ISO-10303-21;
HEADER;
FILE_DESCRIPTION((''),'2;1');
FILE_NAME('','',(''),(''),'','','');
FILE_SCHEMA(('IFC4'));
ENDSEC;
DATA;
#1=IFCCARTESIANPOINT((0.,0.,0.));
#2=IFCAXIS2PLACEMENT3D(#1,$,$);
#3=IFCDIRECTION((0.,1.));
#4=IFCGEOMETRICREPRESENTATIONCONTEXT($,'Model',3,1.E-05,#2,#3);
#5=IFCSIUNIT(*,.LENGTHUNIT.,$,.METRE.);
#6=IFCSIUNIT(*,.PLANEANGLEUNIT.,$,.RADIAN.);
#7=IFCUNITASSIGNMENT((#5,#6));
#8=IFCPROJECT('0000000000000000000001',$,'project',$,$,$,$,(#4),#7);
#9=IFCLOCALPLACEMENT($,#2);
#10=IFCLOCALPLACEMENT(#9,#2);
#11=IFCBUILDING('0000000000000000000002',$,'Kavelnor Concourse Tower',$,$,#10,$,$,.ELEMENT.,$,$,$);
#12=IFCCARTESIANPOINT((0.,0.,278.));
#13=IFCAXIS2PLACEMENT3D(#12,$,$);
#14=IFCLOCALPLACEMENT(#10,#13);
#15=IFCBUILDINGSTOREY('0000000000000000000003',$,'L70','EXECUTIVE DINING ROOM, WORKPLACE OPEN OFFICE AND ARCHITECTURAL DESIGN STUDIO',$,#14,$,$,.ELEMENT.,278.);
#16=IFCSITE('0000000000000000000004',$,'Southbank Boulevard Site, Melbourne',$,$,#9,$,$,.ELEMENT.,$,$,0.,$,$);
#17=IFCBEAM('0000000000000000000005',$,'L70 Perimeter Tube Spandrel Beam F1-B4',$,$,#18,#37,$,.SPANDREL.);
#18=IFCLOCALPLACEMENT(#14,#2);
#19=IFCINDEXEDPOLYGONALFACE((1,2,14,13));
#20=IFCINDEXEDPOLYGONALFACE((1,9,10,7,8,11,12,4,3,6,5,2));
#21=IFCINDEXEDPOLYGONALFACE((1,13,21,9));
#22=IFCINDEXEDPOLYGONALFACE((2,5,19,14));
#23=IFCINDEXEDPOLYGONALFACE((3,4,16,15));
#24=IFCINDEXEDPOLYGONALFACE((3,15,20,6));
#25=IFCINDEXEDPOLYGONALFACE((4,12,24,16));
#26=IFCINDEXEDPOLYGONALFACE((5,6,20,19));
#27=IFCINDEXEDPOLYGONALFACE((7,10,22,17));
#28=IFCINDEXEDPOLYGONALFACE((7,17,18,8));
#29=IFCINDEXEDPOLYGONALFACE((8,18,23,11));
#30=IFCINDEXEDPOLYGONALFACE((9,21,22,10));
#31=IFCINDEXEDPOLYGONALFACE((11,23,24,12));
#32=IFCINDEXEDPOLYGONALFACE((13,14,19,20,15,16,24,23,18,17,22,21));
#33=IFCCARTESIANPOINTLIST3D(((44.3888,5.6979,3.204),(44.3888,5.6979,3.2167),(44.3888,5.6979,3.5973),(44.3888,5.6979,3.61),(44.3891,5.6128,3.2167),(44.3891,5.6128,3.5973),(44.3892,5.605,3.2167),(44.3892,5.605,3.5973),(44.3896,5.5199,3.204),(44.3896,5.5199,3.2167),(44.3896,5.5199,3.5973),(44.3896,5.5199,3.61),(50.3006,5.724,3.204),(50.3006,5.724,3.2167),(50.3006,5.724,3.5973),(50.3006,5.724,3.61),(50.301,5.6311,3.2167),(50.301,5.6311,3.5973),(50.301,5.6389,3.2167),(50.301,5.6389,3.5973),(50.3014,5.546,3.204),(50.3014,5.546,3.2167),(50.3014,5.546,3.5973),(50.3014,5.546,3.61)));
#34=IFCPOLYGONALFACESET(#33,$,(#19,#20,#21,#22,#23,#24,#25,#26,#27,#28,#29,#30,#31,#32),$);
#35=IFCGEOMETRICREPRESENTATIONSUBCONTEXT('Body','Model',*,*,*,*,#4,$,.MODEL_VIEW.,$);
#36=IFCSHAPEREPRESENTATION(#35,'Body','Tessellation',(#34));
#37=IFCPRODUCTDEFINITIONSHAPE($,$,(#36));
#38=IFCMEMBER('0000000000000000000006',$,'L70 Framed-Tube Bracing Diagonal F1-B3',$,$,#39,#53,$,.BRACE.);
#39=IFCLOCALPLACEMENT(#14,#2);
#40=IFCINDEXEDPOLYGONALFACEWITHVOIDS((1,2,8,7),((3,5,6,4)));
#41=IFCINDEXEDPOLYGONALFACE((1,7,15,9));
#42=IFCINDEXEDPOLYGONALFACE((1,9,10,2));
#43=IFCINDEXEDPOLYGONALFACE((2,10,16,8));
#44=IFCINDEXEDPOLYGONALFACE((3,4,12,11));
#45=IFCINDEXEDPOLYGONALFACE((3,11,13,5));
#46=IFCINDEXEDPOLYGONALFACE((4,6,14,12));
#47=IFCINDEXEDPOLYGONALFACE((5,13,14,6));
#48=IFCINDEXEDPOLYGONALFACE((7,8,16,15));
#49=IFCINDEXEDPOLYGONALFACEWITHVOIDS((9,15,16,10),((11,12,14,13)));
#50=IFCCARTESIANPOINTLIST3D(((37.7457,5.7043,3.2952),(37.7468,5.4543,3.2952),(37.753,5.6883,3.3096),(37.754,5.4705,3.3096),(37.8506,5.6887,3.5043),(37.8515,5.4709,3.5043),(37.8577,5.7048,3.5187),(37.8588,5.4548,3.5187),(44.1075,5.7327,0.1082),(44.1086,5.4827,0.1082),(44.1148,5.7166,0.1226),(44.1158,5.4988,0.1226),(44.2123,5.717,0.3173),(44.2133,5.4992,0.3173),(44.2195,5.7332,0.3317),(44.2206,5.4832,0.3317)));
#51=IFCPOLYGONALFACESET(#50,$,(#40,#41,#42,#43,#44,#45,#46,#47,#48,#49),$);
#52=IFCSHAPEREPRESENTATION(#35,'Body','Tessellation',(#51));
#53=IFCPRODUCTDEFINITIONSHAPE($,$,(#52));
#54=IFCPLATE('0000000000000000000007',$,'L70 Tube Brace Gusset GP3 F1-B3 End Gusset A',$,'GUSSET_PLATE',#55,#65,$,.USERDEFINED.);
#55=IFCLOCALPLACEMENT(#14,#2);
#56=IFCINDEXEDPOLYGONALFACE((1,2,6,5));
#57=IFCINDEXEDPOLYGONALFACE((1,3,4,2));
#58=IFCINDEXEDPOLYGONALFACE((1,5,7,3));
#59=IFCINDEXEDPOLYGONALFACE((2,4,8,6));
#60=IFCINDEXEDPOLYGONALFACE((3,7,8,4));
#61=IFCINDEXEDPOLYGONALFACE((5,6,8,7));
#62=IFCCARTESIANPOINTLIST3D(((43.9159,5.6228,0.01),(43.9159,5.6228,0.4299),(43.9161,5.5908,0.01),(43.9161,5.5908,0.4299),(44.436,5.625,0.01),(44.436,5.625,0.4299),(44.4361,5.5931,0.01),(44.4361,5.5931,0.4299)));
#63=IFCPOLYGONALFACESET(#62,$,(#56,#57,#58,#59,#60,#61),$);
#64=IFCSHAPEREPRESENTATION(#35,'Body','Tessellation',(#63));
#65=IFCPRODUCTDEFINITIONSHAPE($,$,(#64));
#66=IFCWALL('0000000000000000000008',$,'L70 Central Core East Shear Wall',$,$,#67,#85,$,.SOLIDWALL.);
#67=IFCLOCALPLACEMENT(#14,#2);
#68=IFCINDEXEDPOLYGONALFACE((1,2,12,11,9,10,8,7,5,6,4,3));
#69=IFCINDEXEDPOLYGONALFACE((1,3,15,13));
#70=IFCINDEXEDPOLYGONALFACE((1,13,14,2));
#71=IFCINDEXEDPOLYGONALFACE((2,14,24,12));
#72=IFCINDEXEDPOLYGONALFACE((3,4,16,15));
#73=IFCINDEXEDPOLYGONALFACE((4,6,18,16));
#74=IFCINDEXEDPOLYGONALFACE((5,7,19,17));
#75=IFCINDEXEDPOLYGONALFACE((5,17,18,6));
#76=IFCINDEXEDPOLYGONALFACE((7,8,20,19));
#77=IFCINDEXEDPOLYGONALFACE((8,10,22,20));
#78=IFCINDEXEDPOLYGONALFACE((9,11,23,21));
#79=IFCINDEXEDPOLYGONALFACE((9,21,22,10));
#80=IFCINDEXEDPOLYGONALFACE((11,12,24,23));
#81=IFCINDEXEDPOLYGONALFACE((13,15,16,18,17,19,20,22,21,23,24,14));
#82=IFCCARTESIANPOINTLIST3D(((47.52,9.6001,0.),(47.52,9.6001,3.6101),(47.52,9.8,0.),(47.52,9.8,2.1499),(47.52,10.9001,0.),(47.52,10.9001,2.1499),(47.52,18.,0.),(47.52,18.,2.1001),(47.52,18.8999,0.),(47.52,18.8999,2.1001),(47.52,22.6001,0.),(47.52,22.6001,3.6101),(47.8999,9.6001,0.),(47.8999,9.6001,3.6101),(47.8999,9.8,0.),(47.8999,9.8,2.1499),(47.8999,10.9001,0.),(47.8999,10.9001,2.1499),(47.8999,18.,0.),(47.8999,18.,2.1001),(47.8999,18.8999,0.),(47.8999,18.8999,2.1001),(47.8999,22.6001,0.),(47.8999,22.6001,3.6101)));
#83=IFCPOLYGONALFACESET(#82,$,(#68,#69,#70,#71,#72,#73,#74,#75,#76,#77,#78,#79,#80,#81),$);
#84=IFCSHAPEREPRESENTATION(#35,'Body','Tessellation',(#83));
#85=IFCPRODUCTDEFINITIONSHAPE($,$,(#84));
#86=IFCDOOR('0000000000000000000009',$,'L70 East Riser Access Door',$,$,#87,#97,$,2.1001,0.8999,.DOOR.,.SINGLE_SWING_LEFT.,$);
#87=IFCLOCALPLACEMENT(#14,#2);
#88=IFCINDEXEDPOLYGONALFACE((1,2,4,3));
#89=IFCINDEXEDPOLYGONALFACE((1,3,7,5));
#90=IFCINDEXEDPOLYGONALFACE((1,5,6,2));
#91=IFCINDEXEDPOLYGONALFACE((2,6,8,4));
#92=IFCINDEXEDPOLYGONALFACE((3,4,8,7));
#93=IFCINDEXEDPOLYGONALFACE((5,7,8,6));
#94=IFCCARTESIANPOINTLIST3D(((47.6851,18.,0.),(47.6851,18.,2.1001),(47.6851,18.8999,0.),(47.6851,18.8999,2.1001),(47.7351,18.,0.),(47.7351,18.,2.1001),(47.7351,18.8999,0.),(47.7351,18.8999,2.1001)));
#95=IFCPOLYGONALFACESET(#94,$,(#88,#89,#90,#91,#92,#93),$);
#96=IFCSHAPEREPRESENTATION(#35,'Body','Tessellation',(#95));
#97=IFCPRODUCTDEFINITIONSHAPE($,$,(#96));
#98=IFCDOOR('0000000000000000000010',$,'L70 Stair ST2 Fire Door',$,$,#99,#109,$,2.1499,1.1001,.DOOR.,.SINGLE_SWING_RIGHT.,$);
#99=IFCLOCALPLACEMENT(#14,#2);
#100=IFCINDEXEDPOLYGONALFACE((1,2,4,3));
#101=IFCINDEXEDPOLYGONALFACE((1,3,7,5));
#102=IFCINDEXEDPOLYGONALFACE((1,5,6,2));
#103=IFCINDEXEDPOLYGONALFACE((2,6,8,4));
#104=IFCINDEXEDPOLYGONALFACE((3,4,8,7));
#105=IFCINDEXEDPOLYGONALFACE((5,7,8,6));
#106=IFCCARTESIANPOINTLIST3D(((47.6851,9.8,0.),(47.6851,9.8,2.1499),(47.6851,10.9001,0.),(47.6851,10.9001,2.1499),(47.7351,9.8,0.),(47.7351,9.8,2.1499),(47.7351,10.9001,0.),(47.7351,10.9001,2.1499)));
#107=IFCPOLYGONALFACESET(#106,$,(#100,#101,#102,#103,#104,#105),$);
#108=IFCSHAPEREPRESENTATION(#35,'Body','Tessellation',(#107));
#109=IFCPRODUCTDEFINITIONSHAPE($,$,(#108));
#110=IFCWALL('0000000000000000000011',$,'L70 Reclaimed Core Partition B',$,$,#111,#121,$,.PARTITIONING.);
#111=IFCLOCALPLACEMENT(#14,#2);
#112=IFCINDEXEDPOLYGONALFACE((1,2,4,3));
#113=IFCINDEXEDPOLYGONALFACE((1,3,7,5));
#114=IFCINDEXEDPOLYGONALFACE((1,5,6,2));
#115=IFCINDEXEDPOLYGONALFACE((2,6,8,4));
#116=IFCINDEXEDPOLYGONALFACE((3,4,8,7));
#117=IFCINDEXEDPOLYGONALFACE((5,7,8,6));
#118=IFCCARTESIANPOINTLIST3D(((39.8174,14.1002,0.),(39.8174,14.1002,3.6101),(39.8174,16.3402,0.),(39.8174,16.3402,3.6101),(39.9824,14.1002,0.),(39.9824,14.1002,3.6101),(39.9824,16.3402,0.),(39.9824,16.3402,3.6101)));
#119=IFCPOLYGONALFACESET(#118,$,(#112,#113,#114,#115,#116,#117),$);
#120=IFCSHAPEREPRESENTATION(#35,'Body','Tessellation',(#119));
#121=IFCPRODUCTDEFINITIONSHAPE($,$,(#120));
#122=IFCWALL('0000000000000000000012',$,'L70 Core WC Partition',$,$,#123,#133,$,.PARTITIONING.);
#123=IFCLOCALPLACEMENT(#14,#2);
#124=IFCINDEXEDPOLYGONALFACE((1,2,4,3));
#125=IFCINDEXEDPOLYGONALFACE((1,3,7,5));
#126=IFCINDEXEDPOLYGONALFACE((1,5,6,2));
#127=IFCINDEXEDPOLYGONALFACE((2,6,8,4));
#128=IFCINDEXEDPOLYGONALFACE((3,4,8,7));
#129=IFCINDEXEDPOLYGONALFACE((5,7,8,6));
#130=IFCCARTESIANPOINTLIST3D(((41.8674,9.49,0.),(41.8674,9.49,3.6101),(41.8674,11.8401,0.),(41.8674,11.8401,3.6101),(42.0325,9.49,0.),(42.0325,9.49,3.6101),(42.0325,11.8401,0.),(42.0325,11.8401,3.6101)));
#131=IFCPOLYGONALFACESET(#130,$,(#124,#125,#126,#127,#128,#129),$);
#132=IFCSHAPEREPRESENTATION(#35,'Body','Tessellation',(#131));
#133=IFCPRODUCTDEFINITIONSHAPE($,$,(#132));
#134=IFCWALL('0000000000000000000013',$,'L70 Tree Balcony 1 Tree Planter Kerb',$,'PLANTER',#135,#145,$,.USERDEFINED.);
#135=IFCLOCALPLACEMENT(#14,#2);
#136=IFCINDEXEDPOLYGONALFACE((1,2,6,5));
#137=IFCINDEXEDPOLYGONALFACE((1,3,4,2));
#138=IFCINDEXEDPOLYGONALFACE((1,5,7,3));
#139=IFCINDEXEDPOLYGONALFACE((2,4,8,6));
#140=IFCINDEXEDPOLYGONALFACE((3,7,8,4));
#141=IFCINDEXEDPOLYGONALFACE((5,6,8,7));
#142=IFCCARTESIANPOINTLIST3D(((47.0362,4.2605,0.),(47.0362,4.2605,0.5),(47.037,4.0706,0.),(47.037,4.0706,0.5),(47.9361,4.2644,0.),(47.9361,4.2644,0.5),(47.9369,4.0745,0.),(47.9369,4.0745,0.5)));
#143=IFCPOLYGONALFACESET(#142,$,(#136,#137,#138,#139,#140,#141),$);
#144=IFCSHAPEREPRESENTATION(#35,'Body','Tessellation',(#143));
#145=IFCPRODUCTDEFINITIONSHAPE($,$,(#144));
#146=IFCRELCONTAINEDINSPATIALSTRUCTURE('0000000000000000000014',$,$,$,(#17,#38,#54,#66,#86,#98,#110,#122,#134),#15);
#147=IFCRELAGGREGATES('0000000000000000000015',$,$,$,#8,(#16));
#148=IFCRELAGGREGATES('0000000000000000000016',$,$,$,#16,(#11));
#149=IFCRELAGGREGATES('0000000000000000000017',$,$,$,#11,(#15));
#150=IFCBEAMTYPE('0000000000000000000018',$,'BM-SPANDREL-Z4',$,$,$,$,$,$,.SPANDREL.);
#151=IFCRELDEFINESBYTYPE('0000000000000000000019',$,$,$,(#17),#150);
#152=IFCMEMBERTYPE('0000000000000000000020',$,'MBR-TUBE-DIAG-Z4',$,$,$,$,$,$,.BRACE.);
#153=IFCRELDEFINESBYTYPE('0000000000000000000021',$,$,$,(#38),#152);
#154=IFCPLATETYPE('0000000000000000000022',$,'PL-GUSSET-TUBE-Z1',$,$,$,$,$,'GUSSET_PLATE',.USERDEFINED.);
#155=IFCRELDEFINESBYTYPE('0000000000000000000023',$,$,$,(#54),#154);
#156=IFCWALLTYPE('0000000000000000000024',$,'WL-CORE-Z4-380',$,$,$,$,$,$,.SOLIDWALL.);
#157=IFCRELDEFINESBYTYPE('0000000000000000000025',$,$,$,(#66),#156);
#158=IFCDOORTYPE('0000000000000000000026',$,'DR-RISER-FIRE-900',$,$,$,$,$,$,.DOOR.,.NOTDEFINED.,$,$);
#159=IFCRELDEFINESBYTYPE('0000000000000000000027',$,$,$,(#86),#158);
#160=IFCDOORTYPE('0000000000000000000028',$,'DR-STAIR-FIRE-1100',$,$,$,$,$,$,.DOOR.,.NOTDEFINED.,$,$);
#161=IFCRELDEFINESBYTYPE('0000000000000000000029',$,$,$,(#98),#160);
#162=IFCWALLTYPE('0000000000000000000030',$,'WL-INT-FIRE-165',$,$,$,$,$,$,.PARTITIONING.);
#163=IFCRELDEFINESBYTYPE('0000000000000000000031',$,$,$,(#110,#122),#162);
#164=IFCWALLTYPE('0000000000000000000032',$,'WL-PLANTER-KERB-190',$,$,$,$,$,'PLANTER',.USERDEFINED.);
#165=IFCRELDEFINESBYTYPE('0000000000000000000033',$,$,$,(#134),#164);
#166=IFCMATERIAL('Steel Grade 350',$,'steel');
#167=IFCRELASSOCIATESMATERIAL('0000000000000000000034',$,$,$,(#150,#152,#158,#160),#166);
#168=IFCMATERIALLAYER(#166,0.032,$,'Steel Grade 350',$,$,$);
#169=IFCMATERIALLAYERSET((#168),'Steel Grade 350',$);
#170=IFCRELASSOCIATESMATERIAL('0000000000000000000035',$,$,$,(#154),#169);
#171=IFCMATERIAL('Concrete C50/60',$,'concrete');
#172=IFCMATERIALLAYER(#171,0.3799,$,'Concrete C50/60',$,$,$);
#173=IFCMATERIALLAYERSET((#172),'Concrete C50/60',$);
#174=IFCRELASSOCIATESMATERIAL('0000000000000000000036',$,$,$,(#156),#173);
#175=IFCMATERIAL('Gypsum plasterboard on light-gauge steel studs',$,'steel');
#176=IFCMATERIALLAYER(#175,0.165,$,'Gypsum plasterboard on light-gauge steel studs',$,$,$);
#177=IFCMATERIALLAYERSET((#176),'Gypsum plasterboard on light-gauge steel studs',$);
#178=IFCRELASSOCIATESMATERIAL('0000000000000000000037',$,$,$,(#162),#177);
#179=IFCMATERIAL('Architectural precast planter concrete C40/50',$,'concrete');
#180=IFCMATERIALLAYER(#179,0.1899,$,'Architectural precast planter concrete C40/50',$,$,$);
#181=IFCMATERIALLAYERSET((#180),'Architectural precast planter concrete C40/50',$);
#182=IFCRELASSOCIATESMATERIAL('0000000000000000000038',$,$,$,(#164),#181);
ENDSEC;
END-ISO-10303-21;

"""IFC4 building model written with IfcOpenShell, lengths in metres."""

from ifc_helpers import new_model, si_unit, direction, frame, frame_2d, origin, origin_2d, place, context, subcontext, project, spatial, rectangle, hollow_rectangle, i_section, extrude, material, layer, layer_set, material_profile, profile_set, type_object, element, fill, save


model = new_model("IFC4")

# Units and contexts
model_context = context("Model", 3, precision=1e-05, world=origin(), true_north=direction((0.0, 1.0)))
body_context = subcontext(model_context, "Body", "Model", "MODEL_VIEW")
ifc_project = project(units=[si_unit("LENGTHUNIT", "METRE"), si_unit("PLANEANGLEUNIT", "RADIAN")], contexts=[model_context])

# Site, building, storey
site_placement = place(None, origin())
site = spatial("IfcSite", under=ifc_project, at=site_placement, Name="Southbank Boulevard Site, Melbourne", CompositionType="ELEMENT", RefElevation=0.0)
building_placement = place(site_placement, origin())
building = spatial("IfcBuilding", under=site, at=building_placement, Name="Kavelnor Concourse Tower", CompositionType="ELEMENT")
storey_placement = place(building_placement, frame((0.0, 0.0, 278.0)))
storey = spatial("IfcBuildingStorey", under=building, at=storey_placement, Name="L70", Description="EXECUTIVE DINING ROOM, WORKPLACE OPEN OFFICE AND ARCHITECTURAL DESIGN STUDIO", CompositionType="ELEMENT", Elevation=278.0)

# Shared definitions
ifc_material_1 = material(Name="Steel Grade 350", Category="steel")

# Beam
ifc_material_profile_1 = material_profile(ifc_material_1, i_section(OverallWidth=0.178, OverallDepth=0.406, WebThickness=0.0078, FlangeThickness=0.0127, at=origin_2d()), Name="410UB59")
ifc_profile_set_1 = profile_set([ifc_material_profile_1], Name="Steel Grade 350")
beam_type_1 = type_object("IfcBeamType", Name="BM-SPANDREL-Z4", PredefinedType="SPANDREL", material=ifc_profile_set_1)
beam_1_placement = place(storey_placement, frame((44.3892, 5.6089, 3.407), z_axis=(0.99999, 0.004419, 0.0), x_axis=(-0.004419, 0.99999, 0.0)))
element("IfcBeam", 1, at=beam_1_placement, inside=storey, type_object=beam_type_1, Name="L70 Perimeter Tube Spandrel Beam F1-B4", PredefinedType="SPANDREL", context=body_context, shape_type="SweptSolid", body=[
    extrude(i_section(OverallWidth=0.178, OverallDepth=0.406, WebThickness=0.0078, FlangeThickness=0.0127, at=origin_2d()), origin(), (0.0, 0.0, 1.0), 5.9119),
])

# Member
ifc_material_profile_2 = material_profile(ifc_material_1, hollow_rectangle(XDim=0.25, YDim=0.25, WallThickness=0.0161, at=origin_2d()), Name="SHS 250x250x16")
ifc_profile_set_2 = profile_set([ifc_material_profile_2], Name="Steel Grade 350")
member_type = type_object("IfcMemberType", Name="MBR-TUBE-DIAG-Z4", PredefinedType="BRACE", material=ifc_profile_set_2)
member_placement = place(storey_placement, frame((44.1641, 5.6079, 0.22), z_axis=(-0.894077, -0.00398, 0.447896), x_axis=(0.004452, -0.99999, 0.0)))
element("IfcMember", 2, at=member_placement, inside=storey, type_object=member_type, Name="L70 Framed-Tube Bracing Diagonal F1-B3", PredefinedType="BRACE", context=body_context, shape_type="SweptSolid", body=[
    extrude(hollow_rectangle(XDim=0.25, YDim=0.25, WallThickness=0.0161, at=origin_2d()), origin(), (0.0, 0.0, 1.0), 7.1155),
])

# Plate
ifc_layer_1 = layer(ifc_material_1, 0.032, Name="Steel Grade 350")
ifc_layer_set_1 = layer_set([ifc_layer_1], Name="Steel Grade 350")
plate_type = type_object("IfcPlateType", Name="PL-GUSSET-TUBE-Z1", ElementType="GUSSET_PLATE", PredefinedType="USERDEFINED", material=ifc_layer_set_1)
plate_placement = place(storey_placement, frame((44.176, 5.6079, 0.01), z_axis=(0.0, 0.0, 1.0), x_axis=(-0.99999, -0.004363, 0.0)))
element("IfcPlate", 3, at=plate_placement, inside=storey, type_object=plate_type, Name="L70 Tube Brace Gusset GP3 F1-B3 End Gusset A", ObjectType="GUSSET_PLATE", PredefinedType="USERDEFINED", context=body_context, shape_type="SweptSolid", body=[
    extrude(rectangle(XDim=0.52, YDim=0.032, at=origin_2d()), origin(), (0.0, 0.0, 1.0), 0.4199),
])

# Wall, openings, doors
ifc_material_2 = material(Name="Concrete C50/60", Category="concrete")
ifc_layer_2 = layer(ifc_material_2, 0.3799, Name="Concrete C50/60")
ifc_layer_set_2 = layer_set([ifc_layer_2], Name="Concrete C50/60")
wall_type_1 = type_object("IfcWallType", Name="WL-CORE-Z4-380", PredefinedType="SOLIDWALL", material=ifc_layer_set_2)
wall_1_placement = place(storey_placement, frame((47.71, 9.6001, 0.0), z_axis=(0.0, 0.0, 1.0), x_axis=(0.0, 1.0, 0.0)))
wall_1 = element("IfcWall", 4, at=wall_1_placement, inside=storey, type_object=wall_type_1, Name="L70 Central Core East Shear Wall", PredefinedType="SOLIDWALL", context=body_context, shape_type="SweptSolid", body=[
    extrude(rectangle(XDim=13.0, YDim=0.3799, at=frame_2d((6.5, 0.0))), origin(), (0.0, 0.0, 1.0), 3.6101),
])
opening_1_placement = place(wall_1_placement, frame((0.2, 0.0, 0.0)))
opening_1 = element("IfcOpeningElement", 5, at=opening_1_placement, cuts=wall_1, PredefinedType="OPENING", context=body_context, shape_type="SweptSolid", body=[
    extrude(rectangle(XDim=1.1001, YDim=2.1499, at=frame_2d((0.55, 1.075))), frame((0.0, 0.2, 0.0), z_axis=(0.0, -1.0, 0.0), x_axis=(1.0, 0.0, 0.0)), (0.0, 0.0, 1.0), 0.3999),
])
opening_2_placement = place(wall_1_placement, frame((8.3999, 0.0, 0.0)))
opening_2 = element("IfcOpeningElement", 6, at=opening_2_placement, cuts=wall_1, PredefinedType="OPENING", context=body_context, shape_type="SweptSolid", body=[
    extrude(rectangle(XDim=0.8999, YDim=2.1001, at=frame_2d((0.45, 1.05))), frame((0.0, 0.2, 0.0), z_axis=(0.0, -1.0, 0.0), x_axis=(1.0, 0.0, 0.0)), (0.0, 0.0, 1.0), 0.3999),
])
door_type_1 = type_object("IfcDoorType", Name="DR-RISER-FIRE-900", OperationType="NOTDEFINED", PredefinedType="DOOR", material=ifc_material_1)
door_1_placement = place(opening_2_placement, origin())
door_1 = element("IfcDoor", 7, at=door_1_placement, inside=storey, type_object=door_type_1, Name="L70 East Riser Access Door", OperationType="SINGLE_SWING_LEFT", OverallHeight=2.1001, OverallWidth=0.8999, PredefinedType="DOOR", context=body_context, shape_type="SweptSolid", body=[
    extrude(rectangle(XDim=0.8999, YDim=2.1001, at=frame_2d((0.45, 1.05))), frame((0.0, 0.0249, 0.0), z_axis=(0.0, -1.0, 0.0), x_axis=(1.0, 0.0, 0.0)), (0.0, 0.0, 1.0), 0.05),
])
fill(opening_2, door_1)
door_type_2 = type_object("IfcDoorType", Name="DR-STAIR-FIRE-1100", OperationType="NOTDEFINED", PredefinedType="DOOR", material=ifc_material_1)
door_2_placement = place(opening_1_placement, origin())
door_2 = element("IfcDoor", 8, at=door_2_placement, inside=storey, type_object=door_type_2, Name="L70 Stair ST2 Fire Door", OperationType="SINGLE_SWING_RIGHT", OverallHeight=2.1499, OverallWidth=1.1001, PredefinedType="DOOR", context=body_context, shape_type="SweptSolid", body=[
    extrude(rectangle(XDim=1.1001, YDim=2.1499, at=frame_2d((0.55, 1.075))), frame((0.0, 0.0249, 0.0), z_axis=(0.0, -1.0, 0.0), x_axis=(1.0, 0.0, 0.0)), (0.0, 0.0, 1.0), 0.05),
])
fill(opening_1, door_2)

# Walls
ifc_material_3 = material(Name="Gypsum plasterboard on light-gauge steel studs", Category="steel")
ifc_layer_3 = layer(ifc_material_3, 0.165, Name="Gypsum plasterboard on light-gauge steel studs")
ifc_layer_set_3 = layer_set([ifc_layer_3], Name="Gypsum plasterboard on light-gauge steel studs")
wall_type_2 = type_object("IfcWallType", Name="WL-INT-FIRE-165", PredefinedType="PARTITIONING", material=ifc_layer_set_3)
wall_2_placement = place(storey_placement, frame((39.8999, 14.1001, 0.0), z_axis=(0.0, 0.0, 1.0), x_axis=(0.0, 1.0, 0.0)))
element("IfcWall", 9, at=wall_2_placement, inside=storey, type_object=wall_type_2, Name="L70 Reclaimed Core Partition B", PredefinedType="PARTITIONING", context=body_context, shape_type="SweptSolid", body=[
    extrude(rectangle(XDim=2.24, YDim=0.165, at=frame_2d((1.1201, 0.0))), origin(), (0.0, 0.0, 1.0), 3.6101),
])
wall_3_placement = place(storey_placement, frame((41.95, 9.49, 0.0), z_axis=(0.0, 0.0, 1.0), x_axis=(0.0, 1.0, 0.0)))
element("IfcWall", 10, at=wall_3_placement, inside=storey, type_object=wall_type_2, Name="L70 Core WC Partition", PredefinedType="PARTITIONING", context=body_context, shape_type="SweptSolid", body=[
    extrude(rectangle(XDim=2.3501, YDim=0.165, at=frame_2d((1.175, 0.0))), origin(), (0.0, 0.0, 1.0), 3.6101),
])
ifc_material_4 = material(Name="Architectural precast planter concrete C40/50", Category="concrete")
ifc_layer_4 = layer(ifc_material_4, 0.1899, Name="Architectural precast planter concrete C40/50")
ifc_layer_set_4 = layer_set([ifc_layer_4], Name="Architectural precast planter concrete C40/50")
wall_type_3 = type_object("IfcWallType", Name="WL-PLANTER-KERB-190", ElementType="PLANTER", PredefinedType="USERDEFINED", material=ifc_layer_set_4)
wall_4_placement = place(storey_placement, frame((47.0366, 4.1655, 0.0), z_axis=(0.0, 0.0, 1.0), x_axis=(0.999991, 0.004341, 0.0)))
element("IfcWall", 11, at=wall_4_placement, inside=storey, type_object=wall_type_3, Name="L70 Tree Balcony 1 Tree Planter Kerb", ObjectType="PLANTER", PredefinedType="USERDEFINED", context=body_context, shape_type="SweptSolid", body=[
    extrude(rectangle(XDim=0.8999, YDim=0.1899, at=frame_2d((0.45, 0.0))), origin(), (0.0, 0.0, 1.0), 0.5),
])

save(model, "model.ifc")
